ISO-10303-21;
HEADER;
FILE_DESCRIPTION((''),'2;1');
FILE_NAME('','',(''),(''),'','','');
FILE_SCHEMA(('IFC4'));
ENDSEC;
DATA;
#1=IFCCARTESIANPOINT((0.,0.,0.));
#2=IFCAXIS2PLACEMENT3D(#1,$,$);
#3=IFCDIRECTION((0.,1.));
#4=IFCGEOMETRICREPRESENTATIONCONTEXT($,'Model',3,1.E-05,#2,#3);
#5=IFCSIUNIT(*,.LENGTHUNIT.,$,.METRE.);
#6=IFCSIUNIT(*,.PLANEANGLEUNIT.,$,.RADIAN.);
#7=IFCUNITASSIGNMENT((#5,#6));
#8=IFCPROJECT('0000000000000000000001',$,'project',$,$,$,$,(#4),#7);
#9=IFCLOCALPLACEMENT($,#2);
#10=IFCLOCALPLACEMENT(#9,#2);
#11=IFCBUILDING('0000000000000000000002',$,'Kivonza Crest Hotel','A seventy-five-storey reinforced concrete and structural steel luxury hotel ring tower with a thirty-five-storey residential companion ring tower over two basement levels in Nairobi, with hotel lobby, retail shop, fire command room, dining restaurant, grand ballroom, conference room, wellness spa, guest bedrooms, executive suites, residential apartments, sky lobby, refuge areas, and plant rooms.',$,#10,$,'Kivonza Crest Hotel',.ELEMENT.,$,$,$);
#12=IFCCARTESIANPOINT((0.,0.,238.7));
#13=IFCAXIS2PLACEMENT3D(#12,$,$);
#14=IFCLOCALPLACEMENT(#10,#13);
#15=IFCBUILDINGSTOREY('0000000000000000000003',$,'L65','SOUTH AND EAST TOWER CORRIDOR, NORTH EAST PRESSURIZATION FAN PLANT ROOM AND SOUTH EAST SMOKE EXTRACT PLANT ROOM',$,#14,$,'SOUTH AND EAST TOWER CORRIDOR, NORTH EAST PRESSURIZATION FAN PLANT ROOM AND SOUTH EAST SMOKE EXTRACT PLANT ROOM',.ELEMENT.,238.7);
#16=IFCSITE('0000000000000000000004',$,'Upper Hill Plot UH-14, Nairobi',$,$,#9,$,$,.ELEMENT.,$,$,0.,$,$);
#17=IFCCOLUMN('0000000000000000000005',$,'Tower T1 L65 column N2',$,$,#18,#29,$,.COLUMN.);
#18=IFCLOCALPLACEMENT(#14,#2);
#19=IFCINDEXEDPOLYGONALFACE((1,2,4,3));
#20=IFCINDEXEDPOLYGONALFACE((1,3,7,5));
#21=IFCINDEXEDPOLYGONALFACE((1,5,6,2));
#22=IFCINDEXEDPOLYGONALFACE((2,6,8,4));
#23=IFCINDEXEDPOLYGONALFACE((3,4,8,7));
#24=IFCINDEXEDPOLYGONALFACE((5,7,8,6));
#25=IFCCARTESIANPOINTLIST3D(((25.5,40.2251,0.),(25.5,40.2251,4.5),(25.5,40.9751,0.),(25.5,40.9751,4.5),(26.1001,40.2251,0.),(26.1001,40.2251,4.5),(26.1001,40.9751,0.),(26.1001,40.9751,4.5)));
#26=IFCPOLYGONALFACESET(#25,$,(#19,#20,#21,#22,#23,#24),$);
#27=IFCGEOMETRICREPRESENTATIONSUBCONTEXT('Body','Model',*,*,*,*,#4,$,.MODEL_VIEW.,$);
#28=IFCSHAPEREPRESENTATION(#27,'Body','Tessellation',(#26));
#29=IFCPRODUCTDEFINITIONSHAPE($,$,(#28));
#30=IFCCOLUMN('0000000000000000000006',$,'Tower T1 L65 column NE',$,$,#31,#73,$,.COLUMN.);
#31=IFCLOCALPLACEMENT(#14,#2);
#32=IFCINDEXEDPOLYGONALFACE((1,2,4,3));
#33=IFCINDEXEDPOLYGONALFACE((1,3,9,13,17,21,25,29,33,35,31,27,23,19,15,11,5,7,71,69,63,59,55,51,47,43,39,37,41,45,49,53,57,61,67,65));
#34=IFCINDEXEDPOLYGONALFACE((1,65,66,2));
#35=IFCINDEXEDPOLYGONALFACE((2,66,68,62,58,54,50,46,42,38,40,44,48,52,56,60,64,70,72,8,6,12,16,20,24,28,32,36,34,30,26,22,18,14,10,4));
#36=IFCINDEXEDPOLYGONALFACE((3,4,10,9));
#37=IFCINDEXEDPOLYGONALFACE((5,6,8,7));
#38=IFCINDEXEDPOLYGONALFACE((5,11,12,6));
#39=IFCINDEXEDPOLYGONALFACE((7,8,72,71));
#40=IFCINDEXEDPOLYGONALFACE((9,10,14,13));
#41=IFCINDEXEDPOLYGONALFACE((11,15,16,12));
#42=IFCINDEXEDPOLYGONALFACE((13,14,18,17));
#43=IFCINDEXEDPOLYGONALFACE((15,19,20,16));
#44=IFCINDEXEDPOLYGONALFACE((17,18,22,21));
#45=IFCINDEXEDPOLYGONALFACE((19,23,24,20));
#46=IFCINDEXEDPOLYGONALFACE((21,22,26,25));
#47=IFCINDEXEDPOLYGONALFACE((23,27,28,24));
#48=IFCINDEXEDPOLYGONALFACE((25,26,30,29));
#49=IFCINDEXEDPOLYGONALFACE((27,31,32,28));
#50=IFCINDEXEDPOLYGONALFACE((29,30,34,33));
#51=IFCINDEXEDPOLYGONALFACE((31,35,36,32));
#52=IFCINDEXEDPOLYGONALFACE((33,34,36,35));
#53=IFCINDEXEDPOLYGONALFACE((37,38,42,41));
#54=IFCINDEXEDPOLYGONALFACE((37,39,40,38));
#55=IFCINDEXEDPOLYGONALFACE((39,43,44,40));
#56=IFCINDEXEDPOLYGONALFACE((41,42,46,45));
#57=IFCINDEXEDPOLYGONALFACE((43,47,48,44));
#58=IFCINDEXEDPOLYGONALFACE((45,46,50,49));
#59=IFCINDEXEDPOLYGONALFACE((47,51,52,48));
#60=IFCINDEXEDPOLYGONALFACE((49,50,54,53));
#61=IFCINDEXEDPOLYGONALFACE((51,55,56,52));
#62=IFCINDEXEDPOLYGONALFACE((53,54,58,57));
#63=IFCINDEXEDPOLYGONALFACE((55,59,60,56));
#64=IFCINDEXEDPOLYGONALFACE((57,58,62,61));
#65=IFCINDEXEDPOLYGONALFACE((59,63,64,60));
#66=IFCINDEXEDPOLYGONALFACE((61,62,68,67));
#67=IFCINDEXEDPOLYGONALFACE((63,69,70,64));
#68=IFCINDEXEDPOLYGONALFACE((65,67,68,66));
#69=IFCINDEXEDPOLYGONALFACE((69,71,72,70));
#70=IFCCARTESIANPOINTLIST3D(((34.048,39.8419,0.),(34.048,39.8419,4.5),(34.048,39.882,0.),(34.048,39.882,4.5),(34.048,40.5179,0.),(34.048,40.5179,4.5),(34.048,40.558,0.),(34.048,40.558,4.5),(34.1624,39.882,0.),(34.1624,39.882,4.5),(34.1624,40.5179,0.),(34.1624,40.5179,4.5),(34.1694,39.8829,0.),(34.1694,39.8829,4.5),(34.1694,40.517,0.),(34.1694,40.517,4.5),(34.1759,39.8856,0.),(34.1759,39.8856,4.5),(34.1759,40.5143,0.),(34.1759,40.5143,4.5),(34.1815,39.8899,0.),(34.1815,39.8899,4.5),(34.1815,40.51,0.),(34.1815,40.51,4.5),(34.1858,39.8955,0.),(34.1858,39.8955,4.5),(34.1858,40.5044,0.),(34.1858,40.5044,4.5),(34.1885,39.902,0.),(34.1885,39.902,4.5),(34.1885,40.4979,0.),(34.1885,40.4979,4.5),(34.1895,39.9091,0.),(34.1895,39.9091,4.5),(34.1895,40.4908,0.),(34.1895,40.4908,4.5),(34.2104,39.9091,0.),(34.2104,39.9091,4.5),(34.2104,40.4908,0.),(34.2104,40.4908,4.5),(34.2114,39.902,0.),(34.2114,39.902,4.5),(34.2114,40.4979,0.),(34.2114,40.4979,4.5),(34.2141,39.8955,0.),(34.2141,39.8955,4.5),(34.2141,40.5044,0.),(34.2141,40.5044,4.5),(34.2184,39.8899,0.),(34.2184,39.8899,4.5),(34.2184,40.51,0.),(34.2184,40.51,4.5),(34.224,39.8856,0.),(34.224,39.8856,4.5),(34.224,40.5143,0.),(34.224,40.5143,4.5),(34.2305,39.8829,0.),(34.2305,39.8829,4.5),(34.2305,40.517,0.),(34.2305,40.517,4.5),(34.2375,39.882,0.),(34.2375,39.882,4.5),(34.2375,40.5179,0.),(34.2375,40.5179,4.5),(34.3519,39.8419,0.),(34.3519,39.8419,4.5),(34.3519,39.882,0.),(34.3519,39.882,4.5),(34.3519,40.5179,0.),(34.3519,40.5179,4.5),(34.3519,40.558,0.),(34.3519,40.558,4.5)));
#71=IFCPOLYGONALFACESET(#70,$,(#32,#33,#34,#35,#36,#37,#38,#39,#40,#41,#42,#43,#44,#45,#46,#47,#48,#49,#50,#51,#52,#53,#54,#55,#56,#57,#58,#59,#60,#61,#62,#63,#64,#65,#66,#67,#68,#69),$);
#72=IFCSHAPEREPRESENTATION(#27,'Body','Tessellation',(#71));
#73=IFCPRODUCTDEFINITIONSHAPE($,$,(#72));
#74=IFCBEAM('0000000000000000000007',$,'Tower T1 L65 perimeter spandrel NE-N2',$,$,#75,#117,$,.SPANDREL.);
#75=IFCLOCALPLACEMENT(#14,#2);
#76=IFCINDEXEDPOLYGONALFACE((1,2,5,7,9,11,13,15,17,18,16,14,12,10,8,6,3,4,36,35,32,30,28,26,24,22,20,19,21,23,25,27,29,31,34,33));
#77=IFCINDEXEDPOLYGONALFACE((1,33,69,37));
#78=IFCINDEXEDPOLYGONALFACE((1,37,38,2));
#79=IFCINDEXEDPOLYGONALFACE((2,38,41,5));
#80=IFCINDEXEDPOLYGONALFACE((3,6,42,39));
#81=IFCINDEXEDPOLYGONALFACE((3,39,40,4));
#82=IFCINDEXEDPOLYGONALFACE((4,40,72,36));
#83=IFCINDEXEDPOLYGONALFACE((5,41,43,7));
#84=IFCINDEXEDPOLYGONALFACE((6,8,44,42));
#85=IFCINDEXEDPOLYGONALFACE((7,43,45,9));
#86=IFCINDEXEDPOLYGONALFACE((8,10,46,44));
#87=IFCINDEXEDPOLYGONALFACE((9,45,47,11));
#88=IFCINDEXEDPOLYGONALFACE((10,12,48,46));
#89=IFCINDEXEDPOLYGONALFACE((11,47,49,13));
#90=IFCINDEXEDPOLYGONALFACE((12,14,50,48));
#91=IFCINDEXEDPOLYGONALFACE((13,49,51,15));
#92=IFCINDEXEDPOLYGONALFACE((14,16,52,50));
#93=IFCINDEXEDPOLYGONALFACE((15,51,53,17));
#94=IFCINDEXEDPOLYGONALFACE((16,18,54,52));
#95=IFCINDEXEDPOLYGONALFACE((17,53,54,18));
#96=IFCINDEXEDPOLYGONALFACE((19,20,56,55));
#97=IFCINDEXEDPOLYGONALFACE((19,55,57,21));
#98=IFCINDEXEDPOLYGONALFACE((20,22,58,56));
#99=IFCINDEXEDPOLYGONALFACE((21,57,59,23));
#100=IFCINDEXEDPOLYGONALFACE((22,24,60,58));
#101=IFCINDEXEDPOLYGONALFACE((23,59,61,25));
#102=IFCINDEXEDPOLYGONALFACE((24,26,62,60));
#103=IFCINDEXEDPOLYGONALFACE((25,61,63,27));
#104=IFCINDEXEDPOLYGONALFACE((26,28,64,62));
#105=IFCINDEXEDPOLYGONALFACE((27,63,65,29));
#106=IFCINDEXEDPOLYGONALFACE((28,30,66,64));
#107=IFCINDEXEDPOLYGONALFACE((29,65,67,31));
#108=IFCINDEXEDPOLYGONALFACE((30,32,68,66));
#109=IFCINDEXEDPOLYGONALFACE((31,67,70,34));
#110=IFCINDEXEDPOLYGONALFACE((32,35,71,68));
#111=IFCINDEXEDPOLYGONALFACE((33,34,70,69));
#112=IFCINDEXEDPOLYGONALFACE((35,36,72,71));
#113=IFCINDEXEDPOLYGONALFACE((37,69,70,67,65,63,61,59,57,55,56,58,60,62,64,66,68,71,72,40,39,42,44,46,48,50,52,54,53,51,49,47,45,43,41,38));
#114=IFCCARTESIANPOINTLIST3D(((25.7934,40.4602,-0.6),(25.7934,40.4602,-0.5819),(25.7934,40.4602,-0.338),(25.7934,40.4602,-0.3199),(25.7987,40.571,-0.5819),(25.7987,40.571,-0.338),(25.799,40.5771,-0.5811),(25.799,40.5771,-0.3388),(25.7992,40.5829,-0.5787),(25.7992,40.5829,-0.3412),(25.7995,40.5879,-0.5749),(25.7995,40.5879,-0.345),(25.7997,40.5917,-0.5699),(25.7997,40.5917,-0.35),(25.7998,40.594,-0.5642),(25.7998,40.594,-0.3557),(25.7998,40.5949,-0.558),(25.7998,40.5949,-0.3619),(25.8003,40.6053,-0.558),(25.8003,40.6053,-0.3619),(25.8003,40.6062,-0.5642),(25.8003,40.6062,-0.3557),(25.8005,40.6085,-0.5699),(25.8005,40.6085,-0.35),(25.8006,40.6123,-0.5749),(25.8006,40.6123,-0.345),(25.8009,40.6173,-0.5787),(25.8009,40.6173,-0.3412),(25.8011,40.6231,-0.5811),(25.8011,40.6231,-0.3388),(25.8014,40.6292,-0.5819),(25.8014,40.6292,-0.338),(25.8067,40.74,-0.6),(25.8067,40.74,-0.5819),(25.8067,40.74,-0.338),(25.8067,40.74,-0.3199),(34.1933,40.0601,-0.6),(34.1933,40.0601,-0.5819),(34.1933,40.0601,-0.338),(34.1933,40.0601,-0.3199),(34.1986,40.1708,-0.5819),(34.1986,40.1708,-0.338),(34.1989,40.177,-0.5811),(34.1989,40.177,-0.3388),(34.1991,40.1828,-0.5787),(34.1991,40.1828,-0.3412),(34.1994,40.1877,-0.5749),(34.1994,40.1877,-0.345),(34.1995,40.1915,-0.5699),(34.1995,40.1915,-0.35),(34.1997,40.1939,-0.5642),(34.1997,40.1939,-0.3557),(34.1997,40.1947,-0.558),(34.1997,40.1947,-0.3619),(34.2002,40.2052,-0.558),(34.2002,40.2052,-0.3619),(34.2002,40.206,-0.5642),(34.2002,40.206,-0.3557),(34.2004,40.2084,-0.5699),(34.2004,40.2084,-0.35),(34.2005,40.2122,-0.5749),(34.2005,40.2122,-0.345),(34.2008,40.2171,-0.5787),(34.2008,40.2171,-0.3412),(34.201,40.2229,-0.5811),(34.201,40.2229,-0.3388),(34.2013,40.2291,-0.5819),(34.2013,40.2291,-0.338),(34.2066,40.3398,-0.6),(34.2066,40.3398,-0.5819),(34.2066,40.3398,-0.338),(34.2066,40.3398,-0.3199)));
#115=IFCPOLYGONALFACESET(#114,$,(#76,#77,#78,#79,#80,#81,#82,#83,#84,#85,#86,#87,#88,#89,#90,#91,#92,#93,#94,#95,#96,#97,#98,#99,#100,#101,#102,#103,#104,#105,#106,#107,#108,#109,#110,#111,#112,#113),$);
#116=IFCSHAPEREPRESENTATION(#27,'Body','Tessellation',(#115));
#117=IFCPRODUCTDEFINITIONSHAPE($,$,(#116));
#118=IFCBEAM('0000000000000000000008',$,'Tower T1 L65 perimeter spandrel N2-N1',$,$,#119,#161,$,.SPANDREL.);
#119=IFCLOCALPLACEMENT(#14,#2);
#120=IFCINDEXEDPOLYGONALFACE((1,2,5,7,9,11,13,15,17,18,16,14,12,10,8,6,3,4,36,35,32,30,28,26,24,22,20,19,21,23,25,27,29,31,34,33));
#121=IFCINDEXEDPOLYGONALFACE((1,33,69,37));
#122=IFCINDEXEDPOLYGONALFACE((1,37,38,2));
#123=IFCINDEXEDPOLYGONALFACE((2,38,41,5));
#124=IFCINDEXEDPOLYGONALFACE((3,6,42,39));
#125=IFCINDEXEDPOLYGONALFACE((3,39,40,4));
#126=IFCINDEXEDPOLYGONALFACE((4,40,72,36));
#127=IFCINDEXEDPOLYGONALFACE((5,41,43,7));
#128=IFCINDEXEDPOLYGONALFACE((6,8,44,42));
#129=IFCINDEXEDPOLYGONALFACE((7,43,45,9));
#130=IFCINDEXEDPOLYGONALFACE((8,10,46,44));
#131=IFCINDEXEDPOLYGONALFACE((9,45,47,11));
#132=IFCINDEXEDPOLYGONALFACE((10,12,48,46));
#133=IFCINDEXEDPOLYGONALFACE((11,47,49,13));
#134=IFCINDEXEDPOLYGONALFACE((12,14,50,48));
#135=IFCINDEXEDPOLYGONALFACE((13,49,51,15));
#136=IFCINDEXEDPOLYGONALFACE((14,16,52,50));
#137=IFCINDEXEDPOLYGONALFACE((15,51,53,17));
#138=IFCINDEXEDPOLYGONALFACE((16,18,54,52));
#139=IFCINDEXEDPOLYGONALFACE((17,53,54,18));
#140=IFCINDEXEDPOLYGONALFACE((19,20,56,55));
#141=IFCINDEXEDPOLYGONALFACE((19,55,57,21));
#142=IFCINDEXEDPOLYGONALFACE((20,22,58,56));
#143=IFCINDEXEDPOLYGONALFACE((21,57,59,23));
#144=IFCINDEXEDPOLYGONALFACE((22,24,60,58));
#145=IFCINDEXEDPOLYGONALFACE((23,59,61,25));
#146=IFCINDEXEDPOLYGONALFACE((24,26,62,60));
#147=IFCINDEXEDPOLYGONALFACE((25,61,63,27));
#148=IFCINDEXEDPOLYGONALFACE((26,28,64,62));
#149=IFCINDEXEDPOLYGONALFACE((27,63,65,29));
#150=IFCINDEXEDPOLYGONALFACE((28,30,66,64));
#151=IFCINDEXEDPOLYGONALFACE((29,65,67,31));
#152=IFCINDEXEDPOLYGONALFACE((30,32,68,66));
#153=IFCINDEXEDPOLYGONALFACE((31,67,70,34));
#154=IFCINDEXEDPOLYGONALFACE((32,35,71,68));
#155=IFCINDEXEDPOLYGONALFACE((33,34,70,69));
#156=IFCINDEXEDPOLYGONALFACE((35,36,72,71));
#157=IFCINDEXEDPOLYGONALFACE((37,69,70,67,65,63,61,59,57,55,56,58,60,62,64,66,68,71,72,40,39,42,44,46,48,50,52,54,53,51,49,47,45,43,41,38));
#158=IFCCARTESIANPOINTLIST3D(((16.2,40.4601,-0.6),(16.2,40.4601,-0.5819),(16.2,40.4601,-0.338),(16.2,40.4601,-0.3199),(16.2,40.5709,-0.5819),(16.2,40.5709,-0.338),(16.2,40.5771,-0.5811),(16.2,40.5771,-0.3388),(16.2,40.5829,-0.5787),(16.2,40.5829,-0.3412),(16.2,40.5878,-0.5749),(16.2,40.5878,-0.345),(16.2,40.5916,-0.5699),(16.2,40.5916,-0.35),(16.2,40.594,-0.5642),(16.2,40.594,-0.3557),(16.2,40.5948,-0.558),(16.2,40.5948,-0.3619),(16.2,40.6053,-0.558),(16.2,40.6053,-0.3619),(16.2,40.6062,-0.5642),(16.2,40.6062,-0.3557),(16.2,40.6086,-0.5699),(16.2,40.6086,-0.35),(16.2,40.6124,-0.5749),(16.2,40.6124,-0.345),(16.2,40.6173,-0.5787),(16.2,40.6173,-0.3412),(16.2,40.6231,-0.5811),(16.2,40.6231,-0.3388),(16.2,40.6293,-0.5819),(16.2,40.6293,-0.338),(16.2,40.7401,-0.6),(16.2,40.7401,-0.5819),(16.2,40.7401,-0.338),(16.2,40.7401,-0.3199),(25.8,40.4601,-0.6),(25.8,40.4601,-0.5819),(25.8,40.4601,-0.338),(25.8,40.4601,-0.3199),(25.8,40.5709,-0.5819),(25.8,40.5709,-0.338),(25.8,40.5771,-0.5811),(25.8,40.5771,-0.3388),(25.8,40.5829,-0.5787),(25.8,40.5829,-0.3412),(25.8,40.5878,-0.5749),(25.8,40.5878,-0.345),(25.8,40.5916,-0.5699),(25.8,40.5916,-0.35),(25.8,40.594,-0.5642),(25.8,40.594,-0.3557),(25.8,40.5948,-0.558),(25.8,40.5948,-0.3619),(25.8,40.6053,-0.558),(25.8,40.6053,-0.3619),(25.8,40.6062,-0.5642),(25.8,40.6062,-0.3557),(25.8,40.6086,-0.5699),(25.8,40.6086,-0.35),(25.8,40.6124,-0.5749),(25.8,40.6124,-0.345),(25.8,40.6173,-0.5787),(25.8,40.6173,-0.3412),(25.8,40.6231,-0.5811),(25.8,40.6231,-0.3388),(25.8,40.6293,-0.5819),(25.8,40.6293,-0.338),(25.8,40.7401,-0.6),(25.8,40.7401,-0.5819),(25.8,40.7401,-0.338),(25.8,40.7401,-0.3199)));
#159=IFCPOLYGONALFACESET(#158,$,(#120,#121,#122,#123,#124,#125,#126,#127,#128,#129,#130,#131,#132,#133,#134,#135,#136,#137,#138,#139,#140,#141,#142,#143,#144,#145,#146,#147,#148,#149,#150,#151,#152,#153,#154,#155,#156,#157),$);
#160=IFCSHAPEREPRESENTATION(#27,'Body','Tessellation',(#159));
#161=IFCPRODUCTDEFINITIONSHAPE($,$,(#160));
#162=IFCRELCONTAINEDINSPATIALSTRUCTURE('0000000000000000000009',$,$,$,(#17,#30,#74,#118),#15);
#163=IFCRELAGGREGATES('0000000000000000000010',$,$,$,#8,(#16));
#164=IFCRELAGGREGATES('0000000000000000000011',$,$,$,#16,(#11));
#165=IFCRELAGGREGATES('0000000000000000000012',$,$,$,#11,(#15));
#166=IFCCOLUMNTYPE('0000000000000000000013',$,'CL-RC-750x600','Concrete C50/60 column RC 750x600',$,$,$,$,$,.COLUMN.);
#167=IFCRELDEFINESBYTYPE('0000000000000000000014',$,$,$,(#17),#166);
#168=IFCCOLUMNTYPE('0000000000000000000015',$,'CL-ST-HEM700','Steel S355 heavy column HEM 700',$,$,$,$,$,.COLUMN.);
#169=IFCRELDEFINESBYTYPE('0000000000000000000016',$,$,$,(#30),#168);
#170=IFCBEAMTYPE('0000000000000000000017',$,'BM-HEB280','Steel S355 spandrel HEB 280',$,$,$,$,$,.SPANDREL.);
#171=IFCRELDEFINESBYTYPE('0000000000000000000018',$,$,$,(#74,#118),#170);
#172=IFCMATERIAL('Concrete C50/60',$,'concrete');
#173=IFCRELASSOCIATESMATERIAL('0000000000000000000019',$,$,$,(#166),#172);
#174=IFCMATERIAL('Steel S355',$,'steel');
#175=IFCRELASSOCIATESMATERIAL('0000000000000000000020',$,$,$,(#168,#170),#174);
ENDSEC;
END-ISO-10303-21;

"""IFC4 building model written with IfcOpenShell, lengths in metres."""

from ifc_helpers import new_model, si_unit, direction, frame, origin, origin_2d, place, context, subcontext, project, spatial, rectangle, i_section, extrude, material, material_profile, profile_set, type_object, element, save


model = new_model("IFC4")

# Units and contexts
model_context = context("Model", 3, precision=1e-05, world=origin(), true_north=direction((0.0, 1.0)))
body_context = subcontext(model_context, "Body", "Model", "MODEL_VIEW")
ifc_project = project(units=[si_unit("LENGTHUNIT", "METRE"), si_unit("PLANEANGLEUNIT", "RADIAN")], contexts=[model_context])

# Site, building, storey
site_placement = place(None, origin())
site = spatial("IfcSite", under=ifc_project, at=site_placement, Name="Upper Hill Plot UH-14, Nairobi", CompositionType="ELEMENT", RefElevation=0.0)
building_placement = place(site_placement, origin())
building = spatial("IfcBuilding", under=site, at=building_placement, Name="Kivonza Crest Hotel", Description="A seventy-five-storey reinforced concrete and structural steel luxury hotel ring tower with a thirty-five-storey residential companion ring tower over two basement levels in Nairobi, with hotel lobby, retail shop, fire command room, dining restaurant, grand ballroom, conference room, wellness spa, guest bedrooms, executive suites, residential apartments, sky lobby, refuge areas, and plant rooms.", LongName="Kivonza Crest Hotel", CompositionType="ELEMENT")
storey_placement = place(building_placement, frame((0.0, 0.0, 238.7)))
storey = spatial("IfcBuildingStorey", under=building, at=storey_placement, Name="L65", Description="SOUTH AND EAST TOWER CORRIDOR, NORTH EAST PRESSURIZATION FAN PLANT ROOM AND SOUTH EAST SMOKE EXTRACT PLANT ROOM", LongName="SOUTH AND EAST TOWER CORRIDOR, NORTH EAST PRESSURIZATION FAN PLANT ROOM AND SOUTH EAST SMOKE EXTRACT PLANT ROOM", CompositionType="ELEMENT", Elevation=238.7)

# Columns
ifc_material_1 = material(Name="Concrete C50/60", Category="concrete")
ifc_material_profile_1 = material_profile(ifc_material_1, rectangle(XDim=0.6001, YDim=0.75, at=origin_2d()), Name="RC 750x600")
ifc_profile_set_1 = profile_set([ifc_material_profile_1], Name="Concrete C50/60")
column_type_1 = type_object("IfcColumnType", Name="CL-RC-750x600", Description="Concrete C50/60 column RC 750x600", PredefinedType="COLUMN", material=ifc_profile_set_1)
column_1_placement = place(storey_placement, frame((25.8, 40.6001, 0.0), z_axis=(0.0, 0.0, 1.0), x_axis=(1.0, 0.0, 0.0)))
element("IfcColumn", 1, at=column_1_placement, inside=storey, type_object=column_type_1, Name="Tower T1 L65 column N2", PredefinedType="COLUMN", context=body_context, shape_type="SweptSolid", body=[
    extrude(rectangle(XDim=0.6001, YDim=0.75, at=origin_2d()), origin(), (0.0, 0.0, 1.0), 4.5),
])
ifc_material_2 = material(Name="Steel S355", Category="steel")
ifc_material_profile_2 = material_profile(ifc_material_2, i_section(OverallWidth=0.304, OverallDepth=0.7161, WebThickness=0.021, FlangeThickness=0.04, FilletRadius=0.0271, at=origin_2d()), Name="HEM 700")
ifc_profile_set_2 = profile_set([ifc_material_profile_2], Name="Steel S355")
column_type_2 = type_object("IfcColumnType", Name="CL-ST-HEM700", Description="Steel S355 heavy column HEM 700", PredefinedType="COLUMN", material=ifc_profile_set_2)
column_2_placement = place(storey_placement, frame((34.2, 40.2, 0.0), z_axis=(0.0, 0.0, 1.0), x_axis=(1.0, 0.0, 0.0)))
element("IfcColumn", 2, at=column_2_placement, inside=storey, type_object=column_type_2, Name="Tower T1 L65 column NE", PredefinedType="COLUMN", context=body_context, shape_type="SweptSolid", body=[
    extrude(i_section(OverallWidth=0.304, OverallDepth=0.7161, WebThickness=0.021, FlangeThickness=0.04, FilletRadius=0.0271, at=origin_2d()), origin(), (0.0, 0.0, 1.0), 4.5),
])

# Beams
ifc_material_profile_3 = material_profile(ifc_material_2, i_section(OverallWidth=0.28, OverallDepth=0.28, WebThickness=0.0105, FlangeThickness=0.0181, FilletRadius=0.0239, at=origin_2d()), Name="HEB 280")
ifc_profile_set_3 = profile_set([ifc_material_profile_3], Name="Steel S355")
beam_type_1 = type_object("IfcBeamType", Name="BM-HEB280", Description="Steel S355 spandrel HEB 280", PredefinedType="SPANDREL", material=ifc_profile_set_3)
beam_1_placement = place(storey_placement, frame((34.2, 40.2, -0.46), z_axis=(-0.998867, 0.047583, 0.0), x_axis=(-0.047583, -0.998867, 0.0)))
element("IfcBeam", 3, at=beam_1_placement, inside=storey, type_object=beam_type_1, Name="Tower T1 L65 perimeter spandrel NE-N2", PredefinedType="SPANDREL", context=body_context, shape_type="SweptSolid", body=[
    extrude(i_section(OverallWidth=0.28, OverallDepth=0.28, WebThickness=0.0105, FlangeThickness=0.0181, FilletRadius=0.0239, at=origin_2d()), origin(), (0.0, 0.0, 1.0), 8.4094),
])
beam_2_placement = place(storey_placement, frame((25.8, 40.6001, -0.46), z_axis=(-1.0, 0.0, 0.0), x_axis=(0.0, -1.0, 0.0)))
element("IfcBeam", 4, at=beam_2_placement, inside=storey, type_object=beam_type_1, Name="Tower T1 L65 perimeter spandrel N2-N1", PredefinedType="SPANDREL", context=body_context, shape_type="SweptSolid", body=[
    extrude(i_section(OverallWidth=0.28, OverallDepth=0.28, WebThickness=0.0105, FlangeThickness=0.0181, FilletRadius=0.0239, at=origin_2d()), origin(), (0.0, 0.0, 1.0), 9.6001),
])

save(model, "model.ifc")
